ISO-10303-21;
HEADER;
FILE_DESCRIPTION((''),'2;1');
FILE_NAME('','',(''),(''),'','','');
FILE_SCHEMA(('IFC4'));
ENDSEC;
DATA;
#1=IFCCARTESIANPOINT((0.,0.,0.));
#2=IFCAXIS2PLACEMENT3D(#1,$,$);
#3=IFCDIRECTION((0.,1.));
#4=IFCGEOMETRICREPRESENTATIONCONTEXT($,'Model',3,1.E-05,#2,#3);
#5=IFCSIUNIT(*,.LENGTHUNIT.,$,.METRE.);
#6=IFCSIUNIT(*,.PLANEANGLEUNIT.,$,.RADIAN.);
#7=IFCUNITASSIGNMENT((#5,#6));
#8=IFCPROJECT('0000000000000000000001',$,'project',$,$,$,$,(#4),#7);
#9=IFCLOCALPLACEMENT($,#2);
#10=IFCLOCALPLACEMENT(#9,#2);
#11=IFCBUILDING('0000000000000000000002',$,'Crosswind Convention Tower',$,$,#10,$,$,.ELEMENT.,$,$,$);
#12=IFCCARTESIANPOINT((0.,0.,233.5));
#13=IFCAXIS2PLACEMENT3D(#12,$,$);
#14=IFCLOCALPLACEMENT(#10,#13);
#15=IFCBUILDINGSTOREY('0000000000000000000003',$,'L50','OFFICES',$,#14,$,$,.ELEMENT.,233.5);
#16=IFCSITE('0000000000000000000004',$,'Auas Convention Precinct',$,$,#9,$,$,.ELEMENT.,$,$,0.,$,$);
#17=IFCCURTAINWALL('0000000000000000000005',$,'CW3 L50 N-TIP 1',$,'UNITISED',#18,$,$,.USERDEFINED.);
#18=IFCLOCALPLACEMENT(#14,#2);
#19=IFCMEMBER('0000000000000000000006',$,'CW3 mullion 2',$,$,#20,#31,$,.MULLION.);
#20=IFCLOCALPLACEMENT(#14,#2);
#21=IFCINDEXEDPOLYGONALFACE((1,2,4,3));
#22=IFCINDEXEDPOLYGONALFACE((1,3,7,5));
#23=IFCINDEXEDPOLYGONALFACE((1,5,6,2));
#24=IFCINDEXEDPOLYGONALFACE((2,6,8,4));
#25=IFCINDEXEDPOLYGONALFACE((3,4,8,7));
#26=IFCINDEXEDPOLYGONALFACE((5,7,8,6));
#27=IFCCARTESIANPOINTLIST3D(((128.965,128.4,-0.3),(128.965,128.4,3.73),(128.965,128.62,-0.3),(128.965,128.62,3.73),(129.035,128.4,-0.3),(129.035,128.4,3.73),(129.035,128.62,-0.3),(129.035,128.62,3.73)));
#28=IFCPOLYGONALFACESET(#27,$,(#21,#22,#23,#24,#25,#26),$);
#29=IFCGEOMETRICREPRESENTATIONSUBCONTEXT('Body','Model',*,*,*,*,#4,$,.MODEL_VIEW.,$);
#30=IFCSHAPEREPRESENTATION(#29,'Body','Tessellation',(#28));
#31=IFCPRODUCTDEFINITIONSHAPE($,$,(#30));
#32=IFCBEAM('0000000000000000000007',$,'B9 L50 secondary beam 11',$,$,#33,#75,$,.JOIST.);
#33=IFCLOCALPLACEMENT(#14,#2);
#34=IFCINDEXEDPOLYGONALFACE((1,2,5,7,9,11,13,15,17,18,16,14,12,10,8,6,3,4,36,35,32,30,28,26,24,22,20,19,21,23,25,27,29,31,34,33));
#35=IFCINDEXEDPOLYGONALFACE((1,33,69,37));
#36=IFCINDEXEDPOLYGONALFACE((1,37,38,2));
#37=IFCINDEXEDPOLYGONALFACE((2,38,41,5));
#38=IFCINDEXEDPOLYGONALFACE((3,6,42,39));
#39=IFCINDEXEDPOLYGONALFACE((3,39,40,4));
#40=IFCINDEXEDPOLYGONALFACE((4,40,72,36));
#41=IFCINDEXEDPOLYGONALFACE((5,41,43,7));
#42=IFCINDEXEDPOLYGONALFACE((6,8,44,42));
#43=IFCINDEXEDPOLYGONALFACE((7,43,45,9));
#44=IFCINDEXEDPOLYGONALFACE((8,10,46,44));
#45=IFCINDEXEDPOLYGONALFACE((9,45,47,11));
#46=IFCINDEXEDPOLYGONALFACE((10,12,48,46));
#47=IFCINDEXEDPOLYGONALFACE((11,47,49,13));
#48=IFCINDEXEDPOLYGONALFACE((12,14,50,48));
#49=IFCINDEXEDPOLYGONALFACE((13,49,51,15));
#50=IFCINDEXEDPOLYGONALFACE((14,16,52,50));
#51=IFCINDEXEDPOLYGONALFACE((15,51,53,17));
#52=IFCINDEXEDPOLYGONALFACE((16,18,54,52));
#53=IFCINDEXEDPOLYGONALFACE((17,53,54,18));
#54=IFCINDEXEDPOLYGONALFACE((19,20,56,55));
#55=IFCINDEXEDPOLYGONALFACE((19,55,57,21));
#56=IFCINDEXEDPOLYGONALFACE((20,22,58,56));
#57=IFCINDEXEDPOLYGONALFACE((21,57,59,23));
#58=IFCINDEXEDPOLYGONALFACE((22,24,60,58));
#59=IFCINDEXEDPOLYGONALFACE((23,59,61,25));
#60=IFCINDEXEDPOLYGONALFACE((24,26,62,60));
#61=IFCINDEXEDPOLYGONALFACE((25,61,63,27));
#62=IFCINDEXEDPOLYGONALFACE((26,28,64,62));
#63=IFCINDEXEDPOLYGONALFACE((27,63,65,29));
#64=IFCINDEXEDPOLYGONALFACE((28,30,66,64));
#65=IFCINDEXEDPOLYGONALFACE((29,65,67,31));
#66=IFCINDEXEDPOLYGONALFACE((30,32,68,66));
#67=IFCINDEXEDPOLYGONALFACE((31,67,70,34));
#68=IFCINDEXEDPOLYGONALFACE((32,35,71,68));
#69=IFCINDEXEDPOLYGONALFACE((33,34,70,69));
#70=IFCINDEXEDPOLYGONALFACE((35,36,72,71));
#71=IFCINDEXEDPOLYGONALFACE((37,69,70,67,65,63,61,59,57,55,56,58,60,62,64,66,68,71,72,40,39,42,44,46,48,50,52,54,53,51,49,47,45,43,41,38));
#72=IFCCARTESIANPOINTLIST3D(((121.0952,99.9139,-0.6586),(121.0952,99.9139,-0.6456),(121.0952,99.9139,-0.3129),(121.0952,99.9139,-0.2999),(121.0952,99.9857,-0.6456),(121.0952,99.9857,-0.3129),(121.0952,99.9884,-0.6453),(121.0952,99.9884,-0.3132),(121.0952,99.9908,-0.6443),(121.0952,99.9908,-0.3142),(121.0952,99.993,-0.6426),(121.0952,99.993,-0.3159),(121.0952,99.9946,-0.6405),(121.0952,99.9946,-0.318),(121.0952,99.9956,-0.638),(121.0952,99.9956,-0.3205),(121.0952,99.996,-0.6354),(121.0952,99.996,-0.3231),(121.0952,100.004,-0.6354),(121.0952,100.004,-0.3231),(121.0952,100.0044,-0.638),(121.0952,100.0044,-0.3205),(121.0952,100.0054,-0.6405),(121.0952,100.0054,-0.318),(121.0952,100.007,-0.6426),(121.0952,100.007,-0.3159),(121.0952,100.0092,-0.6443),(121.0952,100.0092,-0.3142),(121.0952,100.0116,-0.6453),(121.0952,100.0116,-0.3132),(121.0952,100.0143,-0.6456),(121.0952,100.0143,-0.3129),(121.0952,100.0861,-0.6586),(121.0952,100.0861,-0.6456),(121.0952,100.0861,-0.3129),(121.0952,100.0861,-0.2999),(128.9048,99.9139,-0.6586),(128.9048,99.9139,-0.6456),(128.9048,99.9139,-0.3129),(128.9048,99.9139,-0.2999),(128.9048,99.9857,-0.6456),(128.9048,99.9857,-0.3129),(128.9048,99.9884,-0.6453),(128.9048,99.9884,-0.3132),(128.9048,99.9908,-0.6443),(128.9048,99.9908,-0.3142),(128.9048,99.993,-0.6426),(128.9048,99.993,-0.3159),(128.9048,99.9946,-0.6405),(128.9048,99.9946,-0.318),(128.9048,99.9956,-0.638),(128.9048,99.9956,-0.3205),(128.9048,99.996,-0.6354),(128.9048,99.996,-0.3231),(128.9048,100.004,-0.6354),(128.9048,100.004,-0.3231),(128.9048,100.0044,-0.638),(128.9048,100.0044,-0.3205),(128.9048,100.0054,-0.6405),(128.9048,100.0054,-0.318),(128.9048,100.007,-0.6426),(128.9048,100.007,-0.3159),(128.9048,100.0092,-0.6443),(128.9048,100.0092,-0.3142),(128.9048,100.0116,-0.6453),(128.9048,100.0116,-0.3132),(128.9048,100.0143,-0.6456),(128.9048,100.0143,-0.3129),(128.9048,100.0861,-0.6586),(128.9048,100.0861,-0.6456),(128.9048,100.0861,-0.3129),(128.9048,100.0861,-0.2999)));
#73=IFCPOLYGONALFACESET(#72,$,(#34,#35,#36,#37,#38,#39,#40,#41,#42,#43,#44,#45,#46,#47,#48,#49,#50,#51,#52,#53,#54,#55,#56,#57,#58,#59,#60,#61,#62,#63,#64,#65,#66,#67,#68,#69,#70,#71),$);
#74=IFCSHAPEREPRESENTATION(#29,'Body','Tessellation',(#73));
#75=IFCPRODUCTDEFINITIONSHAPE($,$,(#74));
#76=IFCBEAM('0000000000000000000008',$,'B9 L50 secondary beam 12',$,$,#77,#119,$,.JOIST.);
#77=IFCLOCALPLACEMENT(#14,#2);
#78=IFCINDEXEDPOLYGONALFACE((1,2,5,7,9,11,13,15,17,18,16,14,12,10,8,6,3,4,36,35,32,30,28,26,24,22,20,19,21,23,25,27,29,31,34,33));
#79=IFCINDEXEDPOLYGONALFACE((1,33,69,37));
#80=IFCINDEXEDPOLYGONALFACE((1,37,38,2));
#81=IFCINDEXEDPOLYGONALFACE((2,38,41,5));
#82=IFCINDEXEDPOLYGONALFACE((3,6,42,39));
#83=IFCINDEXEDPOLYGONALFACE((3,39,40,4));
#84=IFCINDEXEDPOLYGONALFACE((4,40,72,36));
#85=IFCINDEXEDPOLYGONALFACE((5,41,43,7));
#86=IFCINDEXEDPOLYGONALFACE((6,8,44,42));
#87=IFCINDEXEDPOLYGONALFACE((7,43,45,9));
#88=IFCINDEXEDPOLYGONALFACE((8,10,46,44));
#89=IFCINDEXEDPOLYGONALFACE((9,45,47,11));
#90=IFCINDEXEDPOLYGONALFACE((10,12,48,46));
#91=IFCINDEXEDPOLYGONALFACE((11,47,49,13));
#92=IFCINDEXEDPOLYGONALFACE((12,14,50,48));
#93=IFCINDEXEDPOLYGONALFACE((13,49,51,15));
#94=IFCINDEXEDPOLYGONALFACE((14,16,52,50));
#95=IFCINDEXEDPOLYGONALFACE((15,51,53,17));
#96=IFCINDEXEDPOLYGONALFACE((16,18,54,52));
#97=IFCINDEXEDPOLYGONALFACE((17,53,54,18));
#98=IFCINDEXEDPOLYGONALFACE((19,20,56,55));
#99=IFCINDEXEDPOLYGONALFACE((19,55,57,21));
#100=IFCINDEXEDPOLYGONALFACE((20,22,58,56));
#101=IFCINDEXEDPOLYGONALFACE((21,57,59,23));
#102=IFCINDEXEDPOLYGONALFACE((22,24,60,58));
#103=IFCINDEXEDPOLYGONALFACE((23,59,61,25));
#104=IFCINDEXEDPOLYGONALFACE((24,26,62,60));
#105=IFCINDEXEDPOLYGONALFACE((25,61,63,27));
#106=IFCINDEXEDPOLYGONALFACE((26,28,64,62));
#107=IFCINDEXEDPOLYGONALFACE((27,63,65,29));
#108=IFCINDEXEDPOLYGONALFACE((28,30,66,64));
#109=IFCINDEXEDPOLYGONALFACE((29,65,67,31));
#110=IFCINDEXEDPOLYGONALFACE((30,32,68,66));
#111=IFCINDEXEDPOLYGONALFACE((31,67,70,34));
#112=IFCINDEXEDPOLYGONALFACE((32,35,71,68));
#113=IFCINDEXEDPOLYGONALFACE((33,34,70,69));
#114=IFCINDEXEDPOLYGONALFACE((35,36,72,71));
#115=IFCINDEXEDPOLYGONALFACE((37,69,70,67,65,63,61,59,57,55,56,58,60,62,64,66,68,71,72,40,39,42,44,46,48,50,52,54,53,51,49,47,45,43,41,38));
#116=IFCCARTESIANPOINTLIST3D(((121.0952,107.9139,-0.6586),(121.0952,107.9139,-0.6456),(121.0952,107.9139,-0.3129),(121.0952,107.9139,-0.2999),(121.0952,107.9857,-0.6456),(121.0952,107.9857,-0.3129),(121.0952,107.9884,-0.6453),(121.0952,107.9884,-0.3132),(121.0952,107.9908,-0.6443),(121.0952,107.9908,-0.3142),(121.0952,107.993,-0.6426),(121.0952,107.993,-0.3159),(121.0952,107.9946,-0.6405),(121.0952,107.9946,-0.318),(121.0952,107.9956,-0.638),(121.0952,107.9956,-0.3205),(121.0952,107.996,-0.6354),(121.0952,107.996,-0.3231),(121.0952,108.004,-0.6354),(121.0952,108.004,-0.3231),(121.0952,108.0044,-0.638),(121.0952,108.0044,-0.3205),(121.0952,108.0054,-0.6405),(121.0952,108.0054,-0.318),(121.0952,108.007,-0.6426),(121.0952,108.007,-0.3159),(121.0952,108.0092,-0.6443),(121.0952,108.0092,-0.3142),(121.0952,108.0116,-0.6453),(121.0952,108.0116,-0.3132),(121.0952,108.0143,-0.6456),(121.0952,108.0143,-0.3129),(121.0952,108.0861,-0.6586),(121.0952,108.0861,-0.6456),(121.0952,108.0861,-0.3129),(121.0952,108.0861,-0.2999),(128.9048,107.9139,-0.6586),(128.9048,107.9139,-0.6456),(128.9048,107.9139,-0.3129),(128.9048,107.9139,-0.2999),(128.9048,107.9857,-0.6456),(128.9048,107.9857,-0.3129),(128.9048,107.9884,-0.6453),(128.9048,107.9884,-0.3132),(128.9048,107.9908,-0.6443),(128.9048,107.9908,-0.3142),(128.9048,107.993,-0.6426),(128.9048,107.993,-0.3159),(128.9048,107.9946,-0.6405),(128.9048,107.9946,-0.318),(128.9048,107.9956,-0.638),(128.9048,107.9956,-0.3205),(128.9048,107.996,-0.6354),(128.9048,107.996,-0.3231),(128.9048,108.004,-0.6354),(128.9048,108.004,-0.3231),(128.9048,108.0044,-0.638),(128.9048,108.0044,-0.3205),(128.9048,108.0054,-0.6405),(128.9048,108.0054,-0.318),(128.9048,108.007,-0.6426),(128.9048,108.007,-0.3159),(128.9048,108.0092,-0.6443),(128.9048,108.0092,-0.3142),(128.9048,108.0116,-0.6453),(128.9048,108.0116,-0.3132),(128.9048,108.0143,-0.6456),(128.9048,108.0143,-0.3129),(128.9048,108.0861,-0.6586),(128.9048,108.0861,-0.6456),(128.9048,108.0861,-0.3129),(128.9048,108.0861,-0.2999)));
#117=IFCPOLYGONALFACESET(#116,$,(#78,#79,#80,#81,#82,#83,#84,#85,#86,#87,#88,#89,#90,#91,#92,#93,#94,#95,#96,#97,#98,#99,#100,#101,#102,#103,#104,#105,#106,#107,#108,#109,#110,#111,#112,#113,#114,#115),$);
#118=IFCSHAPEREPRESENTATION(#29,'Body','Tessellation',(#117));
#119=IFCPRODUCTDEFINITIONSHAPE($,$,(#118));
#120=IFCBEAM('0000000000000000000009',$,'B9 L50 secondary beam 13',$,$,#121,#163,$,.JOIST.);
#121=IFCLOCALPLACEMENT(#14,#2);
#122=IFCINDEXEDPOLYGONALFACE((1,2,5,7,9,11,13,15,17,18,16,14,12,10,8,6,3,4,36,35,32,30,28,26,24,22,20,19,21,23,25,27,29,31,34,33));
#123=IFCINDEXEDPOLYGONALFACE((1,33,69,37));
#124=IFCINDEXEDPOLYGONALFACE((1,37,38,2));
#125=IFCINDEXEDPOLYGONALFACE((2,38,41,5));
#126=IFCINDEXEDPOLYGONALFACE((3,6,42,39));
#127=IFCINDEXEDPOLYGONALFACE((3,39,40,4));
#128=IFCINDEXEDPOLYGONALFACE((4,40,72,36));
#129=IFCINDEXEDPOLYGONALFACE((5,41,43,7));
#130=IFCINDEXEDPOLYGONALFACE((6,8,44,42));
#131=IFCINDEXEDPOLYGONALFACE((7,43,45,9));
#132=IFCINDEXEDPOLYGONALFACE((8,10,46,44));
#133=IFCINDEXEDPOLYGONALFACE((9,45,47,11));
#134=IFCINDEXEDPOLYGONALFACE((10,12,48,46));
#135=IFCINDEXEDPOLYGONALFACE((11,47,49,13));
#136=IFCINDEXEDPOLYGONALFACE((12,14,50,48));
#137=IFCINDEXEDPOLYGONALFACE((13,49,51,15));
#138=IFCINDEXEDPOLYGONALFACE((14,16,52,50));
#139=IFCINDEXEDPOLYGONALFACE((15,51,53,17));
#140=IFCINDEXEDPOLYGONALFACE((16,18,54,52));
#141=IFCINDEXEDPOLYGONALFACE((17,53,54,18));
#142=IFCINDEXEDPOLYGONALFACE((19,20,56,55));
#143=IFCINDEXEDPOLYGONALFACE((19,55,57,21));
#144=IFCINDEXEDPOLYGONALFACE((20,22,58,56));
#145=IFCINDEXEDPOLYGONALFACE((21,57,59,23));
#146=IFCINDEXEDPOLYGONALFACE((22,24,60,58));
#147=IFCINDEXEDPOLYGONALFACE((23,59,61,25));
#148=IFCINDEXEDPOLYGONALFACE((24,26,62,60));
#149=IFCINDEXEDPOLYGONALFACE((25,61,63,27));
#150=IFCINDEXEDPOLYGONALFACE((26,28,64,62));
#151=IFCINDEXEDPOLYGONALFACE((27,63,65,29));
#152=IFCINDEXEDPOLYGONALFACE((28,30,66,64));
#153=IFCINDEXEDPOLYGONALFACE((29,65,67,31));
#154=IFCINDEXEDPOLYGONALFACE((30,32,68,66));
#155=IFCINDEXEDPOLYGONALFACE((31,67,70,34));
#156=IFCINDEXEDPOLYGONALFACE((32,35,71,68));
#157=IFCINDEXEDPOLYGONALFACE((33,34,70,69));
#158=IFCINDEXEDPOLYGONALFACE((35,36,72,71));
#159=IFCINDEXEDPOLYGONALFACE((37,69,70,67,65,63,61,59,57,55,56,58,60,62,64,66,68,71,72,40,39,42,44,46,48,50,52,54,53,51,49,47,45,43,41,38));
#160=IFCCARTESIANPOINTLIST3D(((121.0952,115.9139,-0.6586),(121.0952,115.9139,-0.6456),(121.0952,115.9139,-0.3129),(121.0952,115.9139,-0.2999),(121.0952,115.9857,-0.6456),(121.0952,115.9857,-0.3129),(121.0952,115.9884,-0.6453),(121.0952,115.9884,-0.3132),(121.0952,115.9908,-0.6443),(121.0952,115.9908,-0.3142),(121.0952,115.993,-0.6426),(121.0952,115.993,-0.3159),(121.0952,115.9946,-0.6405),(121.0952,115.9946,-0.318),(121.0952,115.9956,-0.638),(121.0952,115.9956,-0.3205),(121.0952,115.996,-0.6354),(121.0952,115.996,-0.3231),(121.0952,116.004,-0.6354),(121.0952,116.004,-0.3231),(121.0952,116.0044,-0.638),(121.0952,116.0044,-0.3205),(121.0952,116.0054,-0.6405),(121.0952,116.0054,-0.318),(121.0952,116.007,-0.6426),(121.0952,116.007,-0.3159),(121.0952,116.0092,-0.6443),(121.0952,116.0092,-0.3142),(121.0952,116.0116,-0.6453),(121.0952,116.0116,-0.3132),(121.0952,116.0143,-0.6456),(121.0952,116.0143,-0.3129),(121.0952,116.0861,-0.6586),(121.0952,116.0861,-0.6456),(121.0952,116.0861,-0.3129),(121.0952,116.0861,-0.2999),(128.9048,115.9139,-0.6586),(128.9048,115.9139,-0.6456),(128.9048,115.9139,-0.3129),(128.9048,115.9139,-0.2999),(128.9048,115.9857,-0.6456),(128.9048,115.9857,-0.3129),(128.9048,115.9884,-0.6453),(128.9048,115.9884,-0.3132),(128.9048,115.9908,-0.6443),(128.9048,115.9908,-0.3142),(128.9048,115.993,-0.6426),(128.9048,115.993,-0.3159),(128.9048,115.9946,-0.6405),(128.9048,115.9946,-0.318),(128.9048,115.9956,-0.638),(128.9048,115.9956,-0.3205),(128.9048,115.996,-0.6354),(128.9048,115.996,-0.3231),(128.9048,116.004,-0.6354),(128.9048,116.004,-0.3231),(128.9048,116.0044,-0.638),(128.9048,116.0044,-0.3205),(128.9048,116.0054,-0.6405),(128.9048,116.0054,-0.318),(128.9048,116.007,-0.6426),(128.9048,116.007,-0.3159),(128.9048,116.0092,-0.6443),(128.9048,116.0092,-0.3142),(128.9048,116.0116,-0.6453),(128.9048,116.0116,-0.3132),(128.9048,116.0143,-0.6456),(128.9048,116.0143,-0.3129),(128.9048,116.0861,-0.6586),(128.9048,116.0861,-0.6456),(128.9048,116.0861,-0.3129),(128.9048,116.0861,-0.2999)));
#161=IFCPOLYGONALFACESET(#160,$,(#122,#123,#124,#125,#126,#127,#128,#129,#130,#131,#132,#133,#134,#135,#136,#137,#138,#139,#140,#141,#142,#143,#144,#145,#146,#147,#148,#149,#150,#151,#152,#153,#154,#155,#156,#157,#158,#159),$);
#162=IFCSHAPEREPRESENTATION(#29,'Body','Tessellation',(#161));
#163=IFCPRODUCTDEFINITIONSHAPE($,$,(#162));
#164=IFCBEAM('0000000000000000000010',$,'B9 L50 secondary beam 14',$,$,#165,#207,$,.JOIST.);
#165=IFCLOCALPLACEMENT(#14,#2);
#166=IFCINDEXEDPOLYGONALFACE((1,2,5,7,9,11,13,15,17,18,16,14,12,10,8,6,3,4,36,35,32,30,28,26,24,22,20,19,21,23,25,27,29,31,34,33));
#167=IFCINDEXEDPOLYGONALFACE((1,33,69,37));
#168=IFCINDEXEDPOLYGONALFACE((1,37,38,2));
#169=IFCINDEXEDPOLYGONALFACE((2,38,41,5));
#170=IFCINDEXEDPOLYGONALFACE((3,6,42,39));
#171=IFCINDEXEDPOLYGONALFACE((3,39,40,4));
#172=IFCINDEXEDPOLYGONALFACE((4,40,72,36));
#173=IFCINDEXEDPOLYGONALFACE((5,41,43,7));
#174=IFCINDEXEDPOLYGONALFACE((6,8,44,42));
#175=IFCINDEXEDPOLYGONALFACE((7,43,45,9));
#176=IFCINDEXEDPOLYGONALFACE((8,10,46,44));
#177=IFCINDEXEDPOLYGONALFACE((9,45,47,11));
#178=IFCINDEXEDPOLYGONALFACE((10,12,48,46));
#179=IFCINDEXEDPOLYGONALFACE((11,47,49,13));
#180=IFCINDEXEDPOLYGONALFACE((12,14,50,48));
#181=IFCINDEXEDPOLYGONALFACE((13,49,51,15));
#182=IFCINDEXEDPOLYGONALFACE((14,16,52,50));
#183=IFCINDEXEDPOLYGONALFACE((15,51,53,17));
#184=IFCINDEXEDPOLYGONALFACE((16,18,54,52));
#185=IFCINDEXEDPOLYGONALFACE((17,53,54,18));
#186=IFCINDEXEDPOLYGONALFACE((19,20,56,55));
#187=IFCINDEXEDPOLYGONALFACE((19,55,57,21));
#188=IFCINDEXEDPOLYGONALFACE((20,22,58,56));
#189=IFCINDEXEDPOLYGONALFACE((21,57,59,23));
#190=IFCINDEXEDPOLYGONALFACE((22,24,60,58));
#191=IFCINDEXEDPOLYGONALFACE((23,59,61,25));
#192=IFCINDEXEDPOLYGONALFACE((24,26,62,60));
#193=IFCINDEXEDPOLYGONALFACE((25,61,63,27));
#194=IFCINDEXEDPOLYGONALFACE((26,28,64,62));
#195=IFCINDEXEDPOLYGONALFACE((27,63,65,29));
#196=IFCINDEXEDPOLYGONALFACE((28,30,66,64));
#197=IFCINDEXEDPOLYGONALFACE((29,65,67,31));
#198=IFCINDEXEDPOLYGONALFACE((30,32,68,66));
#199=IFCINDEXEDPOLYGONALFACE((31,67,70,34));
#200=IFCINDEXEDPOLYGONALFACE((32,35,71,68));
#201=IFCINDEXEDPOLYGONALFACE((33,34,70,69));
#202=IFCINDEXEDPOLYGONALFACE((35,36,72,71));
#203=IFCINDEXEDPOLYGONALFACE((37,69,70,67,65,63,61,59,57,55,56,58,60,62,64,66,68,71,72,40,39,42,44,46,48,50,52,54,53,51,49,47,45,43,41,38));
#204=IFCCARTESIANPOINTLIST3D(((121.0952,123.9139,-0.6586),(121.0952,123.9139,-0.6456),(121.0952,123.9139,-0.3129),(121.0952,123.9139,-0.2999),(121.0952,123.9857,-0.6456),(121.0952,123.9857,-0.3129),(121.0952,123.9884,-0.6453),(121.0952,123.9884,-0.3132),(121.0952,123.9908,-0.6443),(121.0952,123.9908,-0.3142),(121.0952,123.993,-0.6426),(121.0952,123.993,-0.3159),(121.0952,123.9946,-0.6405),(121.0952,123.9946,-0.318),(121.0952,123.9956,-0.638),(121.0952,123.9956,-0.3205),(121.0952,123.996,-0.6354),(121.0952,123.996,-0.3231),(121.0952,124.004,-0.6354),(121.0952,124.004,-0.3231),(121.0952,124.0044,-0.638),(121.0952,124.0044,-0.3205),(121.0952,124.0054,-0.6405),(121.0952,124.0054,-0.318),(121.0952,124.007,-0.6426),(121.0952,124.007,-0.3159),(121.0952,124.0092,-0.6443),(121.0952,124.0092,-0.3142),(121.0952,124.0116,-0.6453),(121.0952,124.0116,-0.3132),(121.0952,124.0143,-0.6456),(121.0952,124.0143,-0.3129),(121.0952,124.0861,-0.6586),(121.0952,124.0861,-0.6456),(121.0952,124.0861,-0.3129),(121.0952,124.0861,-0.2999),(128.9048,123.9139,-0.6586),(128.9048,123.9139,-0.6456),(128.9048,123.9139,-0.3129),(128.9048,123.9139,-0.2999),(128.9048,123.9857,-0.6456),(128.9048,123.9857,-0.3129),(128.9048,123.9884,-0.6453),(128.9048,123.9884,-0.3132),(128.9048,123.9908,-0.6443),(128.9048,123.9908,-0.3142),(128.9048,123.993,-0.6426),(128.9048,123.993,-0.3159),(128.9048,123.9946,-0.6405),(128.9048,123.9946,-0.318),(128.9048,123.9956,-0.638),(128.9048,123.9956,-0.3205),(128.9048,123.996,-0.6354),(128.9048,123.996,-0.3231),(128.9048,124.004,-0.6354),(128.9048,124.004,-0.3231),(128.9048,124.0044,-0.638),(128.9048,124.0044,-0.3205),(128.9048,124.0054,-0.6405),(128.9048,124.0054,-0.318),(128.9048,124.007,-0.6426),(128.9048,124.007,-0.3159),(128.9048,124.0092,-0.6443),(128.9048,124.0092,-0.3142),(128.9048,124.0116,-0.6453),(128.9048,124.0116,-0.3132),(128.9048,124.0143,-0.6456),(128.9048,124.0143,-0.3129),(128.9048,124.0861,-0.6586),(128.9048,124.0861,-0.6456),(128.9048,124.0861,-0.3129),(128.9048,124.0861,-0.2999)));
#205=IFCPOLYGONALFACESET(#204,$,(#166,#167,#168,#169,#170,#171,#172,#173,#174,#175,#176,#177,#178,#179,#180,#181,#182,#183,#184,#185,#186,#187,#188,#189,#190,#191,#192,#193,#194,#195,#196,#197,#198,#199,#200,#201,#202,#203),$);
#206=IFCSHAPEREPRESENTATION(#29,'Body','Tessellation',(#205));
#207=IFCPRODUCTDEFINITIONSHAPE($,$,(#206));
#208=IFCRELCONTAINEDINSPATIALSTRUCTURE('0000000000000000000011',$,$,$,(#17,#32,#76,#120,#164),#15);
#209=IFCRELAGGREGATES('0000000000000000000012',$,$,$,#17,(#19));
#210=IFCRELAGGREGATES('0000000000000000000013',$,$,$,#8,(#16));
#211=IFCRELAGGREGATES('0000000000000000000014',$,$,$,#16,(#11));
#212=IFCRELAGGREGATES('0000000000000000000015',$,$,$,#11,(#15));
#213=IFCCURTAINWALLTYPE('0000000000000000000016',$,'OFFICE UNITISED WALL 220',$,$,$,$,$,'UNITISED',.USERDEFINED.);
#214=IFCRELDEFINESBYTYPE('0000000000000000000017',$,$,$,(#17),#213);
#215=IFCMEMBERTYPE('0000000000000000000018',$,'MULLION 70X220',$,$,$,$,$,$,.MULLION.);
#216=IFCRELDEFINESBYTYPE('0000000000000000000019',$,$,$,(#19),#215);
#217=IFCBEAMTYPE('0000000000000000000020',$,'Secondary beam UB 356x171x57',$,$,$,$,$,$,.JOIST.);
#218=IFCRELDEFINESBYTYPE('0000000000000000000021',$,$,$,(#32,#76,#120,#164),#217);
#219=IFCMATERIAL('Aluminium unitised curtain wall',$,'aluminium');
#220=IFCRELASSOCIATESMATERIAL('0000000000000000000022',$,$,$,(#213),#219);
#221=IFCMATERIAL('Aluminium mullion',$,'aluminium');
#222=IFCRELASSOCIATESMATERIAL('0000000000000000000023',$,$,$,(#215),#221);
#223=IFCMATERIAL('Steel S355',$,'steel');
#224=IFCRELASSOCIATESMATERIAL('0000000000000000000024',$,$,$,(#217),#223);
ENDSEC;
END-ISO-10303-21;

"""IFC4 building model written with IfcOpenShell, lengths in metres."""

from ifc_helpers import new_model, si_unit, direction, frame, origin, origin_2d, place, context, subcontext, project, spatial, rectangle, i_section, extrude, material, material_profile, profile_set, type_object, element, aggregate, save


model = new_model("IFC4")

# Units and contexts
model_context = context("Model", 3, precision=1e-05, world=origin(), true_north=direction((0.0, 1.0)))
body_context = subcontext(model_context, "Body", "Model", "MODEL_VIEW")
ifc_project = project(units=[si_unit("LENGTHUNIT", "METRE"), si_unit("PLANEANGLEUNIT", "RADIAN")], contexts=[model_context])

# Site, building, storey
site_placement = place(None, origin())
site = spatial("IfcSite", under=ifc_project, at=site_placement, Name="Auas Convention Precinct", CompositionType="ELEMENT", RefElevation=0.0)
building_placement = place(site_placement, origin())
building = spatial("IfcBuilding", under=site, at=building_placement, Name="Crosswind Convention Tower", CompositionType="ELEMENT")
storey_placement = place(building_placement, frame((0.0, 0.0, 233.5)))
storey = spatial("IfcBuildingStorey", under=building, at=storey_placement, Name="L50", Description="OFFICES", CompositionType="ELEMENT", Elevation=233.5)

# Shared definitions
ifc_material_1 = material(Name="Steel S355", Category="steel")

# Curtain wall, member
ifc_material_2 = material(Name="Aluminium unitised curtain wall", Category="aluminium")
curtain_wall_type = type_object("IfcCurtainWallType", Name="OFFICE UNITISED WALL 220", ElementType="UNITISED", PredefinedType="USERDEFINED", material=ifc_material_2)
curtain_wall_placement = place(storey_placement, origin())
curtain_wall = element("IfcCurtainWall", 1, at=curtain_wall_placement, inside=storey, type_object=curtain_wall_type, Name="CW3 L50 N-TIP 1", ObjectType="UNITISED", PredefinedType="USERDEFINED")
ifc_material_3 = material(Name="Aluminium mullion", Category="aluminium")
ifc_material_profile_1 = material_profile(ifc_material_3, rectangle(XDim=0.22, YDim=0.0701, at=origin_2d()), Name="AL 220X70")
ifc_profile_set_1 = profile_set([ifc_material_profile_1], Name="Aluminium mullion")
member_type = type_object("IfcMemberType", Name="MULLION 70X220", PredefinedType="MULLION", material=ifc_profile_set_1)
member_placement = place(storey_placement, frame((129.0, 128.51, -0.3), z_axis=(0.0, 0.0, 1.0), x_axis=(0.0, 1.0, 0.0)))
member = element("IfcMember", 2, at=member_placement, type_object=member_type, Name="CW3 mullion 2", PredefinedType="MULLION", context=body_context, shape_type="SweptSolid", body=[
    extrude(rectangle(XDim=0.22, YDim=0.0701, at=origin_2d()), origin(), (0.0, 0.0, 1.0), 4.03),
])

# Beams
ifc_material_profile_2 = material_profile(ifc_material_1, i_section(OverallWidth=0.1721, OverallDepth=0.3586, WebThickness=0.0081, FlangeThickness=0.0129, FilletRadius=0.0103, at=origin_2d()), Name="UB 356x171x57")
ifc_profile_set_2 = profile_set([ifc_material_profile_2], Name="Steel S355")
beam_type_1 = type_object("IfcBeamType", Name="Secondary beam UB 356x171x57", PredefinedType="JOIST", material=ifc_profile_set_2)
for number, where, z_axis, x_axis, name in (
    (3, (121.0952, 100.0, -0.4792), (1.0, 0.0, 0.0), (0.0, 1.0, 0.0), "B9 L50 secondary beam 11"),
    (4, (121.0952, 108.0, -0.4792), (1.0, 0.0, 0.0), (0.0, 1.0, 0.0), "B9 L50 secondary beam 12"),
    (5, (121.0952, 116.0, -0.4792), (1.0, 0.0, 0.0), (0.0, 1.0, 0.0), "B9 L50 secondary beam 13"),
    (6, (121.0952, 124.0, -0.4792), (1.0, 0.0, 0.0), (0.0, 1.0, 0.0), "B9 L50 secondary beam 14"),
):
    element("IfcBeam", number, at=place(storey_placement, frame(where, z_axis=z_axis, x_axis=x_axis)), inside=storey, type_object=beam_type_1, Name=name, PredefinedType="JOIST", context=body_context, shape_type="SweptSolid", body=[
        extrude(i_section(OverallWidth=0.1721, OverallDepth=0.3586, WebThickness=0.0081, FlangeThickness=0.0129, FilletRadius=0.0103, at=origin_2d()), origin(), (0.0, 0.0, 1.0), 7.8096),
    ])

aggregate(curtain_wall, [member])

save(model, "model.ifc")
